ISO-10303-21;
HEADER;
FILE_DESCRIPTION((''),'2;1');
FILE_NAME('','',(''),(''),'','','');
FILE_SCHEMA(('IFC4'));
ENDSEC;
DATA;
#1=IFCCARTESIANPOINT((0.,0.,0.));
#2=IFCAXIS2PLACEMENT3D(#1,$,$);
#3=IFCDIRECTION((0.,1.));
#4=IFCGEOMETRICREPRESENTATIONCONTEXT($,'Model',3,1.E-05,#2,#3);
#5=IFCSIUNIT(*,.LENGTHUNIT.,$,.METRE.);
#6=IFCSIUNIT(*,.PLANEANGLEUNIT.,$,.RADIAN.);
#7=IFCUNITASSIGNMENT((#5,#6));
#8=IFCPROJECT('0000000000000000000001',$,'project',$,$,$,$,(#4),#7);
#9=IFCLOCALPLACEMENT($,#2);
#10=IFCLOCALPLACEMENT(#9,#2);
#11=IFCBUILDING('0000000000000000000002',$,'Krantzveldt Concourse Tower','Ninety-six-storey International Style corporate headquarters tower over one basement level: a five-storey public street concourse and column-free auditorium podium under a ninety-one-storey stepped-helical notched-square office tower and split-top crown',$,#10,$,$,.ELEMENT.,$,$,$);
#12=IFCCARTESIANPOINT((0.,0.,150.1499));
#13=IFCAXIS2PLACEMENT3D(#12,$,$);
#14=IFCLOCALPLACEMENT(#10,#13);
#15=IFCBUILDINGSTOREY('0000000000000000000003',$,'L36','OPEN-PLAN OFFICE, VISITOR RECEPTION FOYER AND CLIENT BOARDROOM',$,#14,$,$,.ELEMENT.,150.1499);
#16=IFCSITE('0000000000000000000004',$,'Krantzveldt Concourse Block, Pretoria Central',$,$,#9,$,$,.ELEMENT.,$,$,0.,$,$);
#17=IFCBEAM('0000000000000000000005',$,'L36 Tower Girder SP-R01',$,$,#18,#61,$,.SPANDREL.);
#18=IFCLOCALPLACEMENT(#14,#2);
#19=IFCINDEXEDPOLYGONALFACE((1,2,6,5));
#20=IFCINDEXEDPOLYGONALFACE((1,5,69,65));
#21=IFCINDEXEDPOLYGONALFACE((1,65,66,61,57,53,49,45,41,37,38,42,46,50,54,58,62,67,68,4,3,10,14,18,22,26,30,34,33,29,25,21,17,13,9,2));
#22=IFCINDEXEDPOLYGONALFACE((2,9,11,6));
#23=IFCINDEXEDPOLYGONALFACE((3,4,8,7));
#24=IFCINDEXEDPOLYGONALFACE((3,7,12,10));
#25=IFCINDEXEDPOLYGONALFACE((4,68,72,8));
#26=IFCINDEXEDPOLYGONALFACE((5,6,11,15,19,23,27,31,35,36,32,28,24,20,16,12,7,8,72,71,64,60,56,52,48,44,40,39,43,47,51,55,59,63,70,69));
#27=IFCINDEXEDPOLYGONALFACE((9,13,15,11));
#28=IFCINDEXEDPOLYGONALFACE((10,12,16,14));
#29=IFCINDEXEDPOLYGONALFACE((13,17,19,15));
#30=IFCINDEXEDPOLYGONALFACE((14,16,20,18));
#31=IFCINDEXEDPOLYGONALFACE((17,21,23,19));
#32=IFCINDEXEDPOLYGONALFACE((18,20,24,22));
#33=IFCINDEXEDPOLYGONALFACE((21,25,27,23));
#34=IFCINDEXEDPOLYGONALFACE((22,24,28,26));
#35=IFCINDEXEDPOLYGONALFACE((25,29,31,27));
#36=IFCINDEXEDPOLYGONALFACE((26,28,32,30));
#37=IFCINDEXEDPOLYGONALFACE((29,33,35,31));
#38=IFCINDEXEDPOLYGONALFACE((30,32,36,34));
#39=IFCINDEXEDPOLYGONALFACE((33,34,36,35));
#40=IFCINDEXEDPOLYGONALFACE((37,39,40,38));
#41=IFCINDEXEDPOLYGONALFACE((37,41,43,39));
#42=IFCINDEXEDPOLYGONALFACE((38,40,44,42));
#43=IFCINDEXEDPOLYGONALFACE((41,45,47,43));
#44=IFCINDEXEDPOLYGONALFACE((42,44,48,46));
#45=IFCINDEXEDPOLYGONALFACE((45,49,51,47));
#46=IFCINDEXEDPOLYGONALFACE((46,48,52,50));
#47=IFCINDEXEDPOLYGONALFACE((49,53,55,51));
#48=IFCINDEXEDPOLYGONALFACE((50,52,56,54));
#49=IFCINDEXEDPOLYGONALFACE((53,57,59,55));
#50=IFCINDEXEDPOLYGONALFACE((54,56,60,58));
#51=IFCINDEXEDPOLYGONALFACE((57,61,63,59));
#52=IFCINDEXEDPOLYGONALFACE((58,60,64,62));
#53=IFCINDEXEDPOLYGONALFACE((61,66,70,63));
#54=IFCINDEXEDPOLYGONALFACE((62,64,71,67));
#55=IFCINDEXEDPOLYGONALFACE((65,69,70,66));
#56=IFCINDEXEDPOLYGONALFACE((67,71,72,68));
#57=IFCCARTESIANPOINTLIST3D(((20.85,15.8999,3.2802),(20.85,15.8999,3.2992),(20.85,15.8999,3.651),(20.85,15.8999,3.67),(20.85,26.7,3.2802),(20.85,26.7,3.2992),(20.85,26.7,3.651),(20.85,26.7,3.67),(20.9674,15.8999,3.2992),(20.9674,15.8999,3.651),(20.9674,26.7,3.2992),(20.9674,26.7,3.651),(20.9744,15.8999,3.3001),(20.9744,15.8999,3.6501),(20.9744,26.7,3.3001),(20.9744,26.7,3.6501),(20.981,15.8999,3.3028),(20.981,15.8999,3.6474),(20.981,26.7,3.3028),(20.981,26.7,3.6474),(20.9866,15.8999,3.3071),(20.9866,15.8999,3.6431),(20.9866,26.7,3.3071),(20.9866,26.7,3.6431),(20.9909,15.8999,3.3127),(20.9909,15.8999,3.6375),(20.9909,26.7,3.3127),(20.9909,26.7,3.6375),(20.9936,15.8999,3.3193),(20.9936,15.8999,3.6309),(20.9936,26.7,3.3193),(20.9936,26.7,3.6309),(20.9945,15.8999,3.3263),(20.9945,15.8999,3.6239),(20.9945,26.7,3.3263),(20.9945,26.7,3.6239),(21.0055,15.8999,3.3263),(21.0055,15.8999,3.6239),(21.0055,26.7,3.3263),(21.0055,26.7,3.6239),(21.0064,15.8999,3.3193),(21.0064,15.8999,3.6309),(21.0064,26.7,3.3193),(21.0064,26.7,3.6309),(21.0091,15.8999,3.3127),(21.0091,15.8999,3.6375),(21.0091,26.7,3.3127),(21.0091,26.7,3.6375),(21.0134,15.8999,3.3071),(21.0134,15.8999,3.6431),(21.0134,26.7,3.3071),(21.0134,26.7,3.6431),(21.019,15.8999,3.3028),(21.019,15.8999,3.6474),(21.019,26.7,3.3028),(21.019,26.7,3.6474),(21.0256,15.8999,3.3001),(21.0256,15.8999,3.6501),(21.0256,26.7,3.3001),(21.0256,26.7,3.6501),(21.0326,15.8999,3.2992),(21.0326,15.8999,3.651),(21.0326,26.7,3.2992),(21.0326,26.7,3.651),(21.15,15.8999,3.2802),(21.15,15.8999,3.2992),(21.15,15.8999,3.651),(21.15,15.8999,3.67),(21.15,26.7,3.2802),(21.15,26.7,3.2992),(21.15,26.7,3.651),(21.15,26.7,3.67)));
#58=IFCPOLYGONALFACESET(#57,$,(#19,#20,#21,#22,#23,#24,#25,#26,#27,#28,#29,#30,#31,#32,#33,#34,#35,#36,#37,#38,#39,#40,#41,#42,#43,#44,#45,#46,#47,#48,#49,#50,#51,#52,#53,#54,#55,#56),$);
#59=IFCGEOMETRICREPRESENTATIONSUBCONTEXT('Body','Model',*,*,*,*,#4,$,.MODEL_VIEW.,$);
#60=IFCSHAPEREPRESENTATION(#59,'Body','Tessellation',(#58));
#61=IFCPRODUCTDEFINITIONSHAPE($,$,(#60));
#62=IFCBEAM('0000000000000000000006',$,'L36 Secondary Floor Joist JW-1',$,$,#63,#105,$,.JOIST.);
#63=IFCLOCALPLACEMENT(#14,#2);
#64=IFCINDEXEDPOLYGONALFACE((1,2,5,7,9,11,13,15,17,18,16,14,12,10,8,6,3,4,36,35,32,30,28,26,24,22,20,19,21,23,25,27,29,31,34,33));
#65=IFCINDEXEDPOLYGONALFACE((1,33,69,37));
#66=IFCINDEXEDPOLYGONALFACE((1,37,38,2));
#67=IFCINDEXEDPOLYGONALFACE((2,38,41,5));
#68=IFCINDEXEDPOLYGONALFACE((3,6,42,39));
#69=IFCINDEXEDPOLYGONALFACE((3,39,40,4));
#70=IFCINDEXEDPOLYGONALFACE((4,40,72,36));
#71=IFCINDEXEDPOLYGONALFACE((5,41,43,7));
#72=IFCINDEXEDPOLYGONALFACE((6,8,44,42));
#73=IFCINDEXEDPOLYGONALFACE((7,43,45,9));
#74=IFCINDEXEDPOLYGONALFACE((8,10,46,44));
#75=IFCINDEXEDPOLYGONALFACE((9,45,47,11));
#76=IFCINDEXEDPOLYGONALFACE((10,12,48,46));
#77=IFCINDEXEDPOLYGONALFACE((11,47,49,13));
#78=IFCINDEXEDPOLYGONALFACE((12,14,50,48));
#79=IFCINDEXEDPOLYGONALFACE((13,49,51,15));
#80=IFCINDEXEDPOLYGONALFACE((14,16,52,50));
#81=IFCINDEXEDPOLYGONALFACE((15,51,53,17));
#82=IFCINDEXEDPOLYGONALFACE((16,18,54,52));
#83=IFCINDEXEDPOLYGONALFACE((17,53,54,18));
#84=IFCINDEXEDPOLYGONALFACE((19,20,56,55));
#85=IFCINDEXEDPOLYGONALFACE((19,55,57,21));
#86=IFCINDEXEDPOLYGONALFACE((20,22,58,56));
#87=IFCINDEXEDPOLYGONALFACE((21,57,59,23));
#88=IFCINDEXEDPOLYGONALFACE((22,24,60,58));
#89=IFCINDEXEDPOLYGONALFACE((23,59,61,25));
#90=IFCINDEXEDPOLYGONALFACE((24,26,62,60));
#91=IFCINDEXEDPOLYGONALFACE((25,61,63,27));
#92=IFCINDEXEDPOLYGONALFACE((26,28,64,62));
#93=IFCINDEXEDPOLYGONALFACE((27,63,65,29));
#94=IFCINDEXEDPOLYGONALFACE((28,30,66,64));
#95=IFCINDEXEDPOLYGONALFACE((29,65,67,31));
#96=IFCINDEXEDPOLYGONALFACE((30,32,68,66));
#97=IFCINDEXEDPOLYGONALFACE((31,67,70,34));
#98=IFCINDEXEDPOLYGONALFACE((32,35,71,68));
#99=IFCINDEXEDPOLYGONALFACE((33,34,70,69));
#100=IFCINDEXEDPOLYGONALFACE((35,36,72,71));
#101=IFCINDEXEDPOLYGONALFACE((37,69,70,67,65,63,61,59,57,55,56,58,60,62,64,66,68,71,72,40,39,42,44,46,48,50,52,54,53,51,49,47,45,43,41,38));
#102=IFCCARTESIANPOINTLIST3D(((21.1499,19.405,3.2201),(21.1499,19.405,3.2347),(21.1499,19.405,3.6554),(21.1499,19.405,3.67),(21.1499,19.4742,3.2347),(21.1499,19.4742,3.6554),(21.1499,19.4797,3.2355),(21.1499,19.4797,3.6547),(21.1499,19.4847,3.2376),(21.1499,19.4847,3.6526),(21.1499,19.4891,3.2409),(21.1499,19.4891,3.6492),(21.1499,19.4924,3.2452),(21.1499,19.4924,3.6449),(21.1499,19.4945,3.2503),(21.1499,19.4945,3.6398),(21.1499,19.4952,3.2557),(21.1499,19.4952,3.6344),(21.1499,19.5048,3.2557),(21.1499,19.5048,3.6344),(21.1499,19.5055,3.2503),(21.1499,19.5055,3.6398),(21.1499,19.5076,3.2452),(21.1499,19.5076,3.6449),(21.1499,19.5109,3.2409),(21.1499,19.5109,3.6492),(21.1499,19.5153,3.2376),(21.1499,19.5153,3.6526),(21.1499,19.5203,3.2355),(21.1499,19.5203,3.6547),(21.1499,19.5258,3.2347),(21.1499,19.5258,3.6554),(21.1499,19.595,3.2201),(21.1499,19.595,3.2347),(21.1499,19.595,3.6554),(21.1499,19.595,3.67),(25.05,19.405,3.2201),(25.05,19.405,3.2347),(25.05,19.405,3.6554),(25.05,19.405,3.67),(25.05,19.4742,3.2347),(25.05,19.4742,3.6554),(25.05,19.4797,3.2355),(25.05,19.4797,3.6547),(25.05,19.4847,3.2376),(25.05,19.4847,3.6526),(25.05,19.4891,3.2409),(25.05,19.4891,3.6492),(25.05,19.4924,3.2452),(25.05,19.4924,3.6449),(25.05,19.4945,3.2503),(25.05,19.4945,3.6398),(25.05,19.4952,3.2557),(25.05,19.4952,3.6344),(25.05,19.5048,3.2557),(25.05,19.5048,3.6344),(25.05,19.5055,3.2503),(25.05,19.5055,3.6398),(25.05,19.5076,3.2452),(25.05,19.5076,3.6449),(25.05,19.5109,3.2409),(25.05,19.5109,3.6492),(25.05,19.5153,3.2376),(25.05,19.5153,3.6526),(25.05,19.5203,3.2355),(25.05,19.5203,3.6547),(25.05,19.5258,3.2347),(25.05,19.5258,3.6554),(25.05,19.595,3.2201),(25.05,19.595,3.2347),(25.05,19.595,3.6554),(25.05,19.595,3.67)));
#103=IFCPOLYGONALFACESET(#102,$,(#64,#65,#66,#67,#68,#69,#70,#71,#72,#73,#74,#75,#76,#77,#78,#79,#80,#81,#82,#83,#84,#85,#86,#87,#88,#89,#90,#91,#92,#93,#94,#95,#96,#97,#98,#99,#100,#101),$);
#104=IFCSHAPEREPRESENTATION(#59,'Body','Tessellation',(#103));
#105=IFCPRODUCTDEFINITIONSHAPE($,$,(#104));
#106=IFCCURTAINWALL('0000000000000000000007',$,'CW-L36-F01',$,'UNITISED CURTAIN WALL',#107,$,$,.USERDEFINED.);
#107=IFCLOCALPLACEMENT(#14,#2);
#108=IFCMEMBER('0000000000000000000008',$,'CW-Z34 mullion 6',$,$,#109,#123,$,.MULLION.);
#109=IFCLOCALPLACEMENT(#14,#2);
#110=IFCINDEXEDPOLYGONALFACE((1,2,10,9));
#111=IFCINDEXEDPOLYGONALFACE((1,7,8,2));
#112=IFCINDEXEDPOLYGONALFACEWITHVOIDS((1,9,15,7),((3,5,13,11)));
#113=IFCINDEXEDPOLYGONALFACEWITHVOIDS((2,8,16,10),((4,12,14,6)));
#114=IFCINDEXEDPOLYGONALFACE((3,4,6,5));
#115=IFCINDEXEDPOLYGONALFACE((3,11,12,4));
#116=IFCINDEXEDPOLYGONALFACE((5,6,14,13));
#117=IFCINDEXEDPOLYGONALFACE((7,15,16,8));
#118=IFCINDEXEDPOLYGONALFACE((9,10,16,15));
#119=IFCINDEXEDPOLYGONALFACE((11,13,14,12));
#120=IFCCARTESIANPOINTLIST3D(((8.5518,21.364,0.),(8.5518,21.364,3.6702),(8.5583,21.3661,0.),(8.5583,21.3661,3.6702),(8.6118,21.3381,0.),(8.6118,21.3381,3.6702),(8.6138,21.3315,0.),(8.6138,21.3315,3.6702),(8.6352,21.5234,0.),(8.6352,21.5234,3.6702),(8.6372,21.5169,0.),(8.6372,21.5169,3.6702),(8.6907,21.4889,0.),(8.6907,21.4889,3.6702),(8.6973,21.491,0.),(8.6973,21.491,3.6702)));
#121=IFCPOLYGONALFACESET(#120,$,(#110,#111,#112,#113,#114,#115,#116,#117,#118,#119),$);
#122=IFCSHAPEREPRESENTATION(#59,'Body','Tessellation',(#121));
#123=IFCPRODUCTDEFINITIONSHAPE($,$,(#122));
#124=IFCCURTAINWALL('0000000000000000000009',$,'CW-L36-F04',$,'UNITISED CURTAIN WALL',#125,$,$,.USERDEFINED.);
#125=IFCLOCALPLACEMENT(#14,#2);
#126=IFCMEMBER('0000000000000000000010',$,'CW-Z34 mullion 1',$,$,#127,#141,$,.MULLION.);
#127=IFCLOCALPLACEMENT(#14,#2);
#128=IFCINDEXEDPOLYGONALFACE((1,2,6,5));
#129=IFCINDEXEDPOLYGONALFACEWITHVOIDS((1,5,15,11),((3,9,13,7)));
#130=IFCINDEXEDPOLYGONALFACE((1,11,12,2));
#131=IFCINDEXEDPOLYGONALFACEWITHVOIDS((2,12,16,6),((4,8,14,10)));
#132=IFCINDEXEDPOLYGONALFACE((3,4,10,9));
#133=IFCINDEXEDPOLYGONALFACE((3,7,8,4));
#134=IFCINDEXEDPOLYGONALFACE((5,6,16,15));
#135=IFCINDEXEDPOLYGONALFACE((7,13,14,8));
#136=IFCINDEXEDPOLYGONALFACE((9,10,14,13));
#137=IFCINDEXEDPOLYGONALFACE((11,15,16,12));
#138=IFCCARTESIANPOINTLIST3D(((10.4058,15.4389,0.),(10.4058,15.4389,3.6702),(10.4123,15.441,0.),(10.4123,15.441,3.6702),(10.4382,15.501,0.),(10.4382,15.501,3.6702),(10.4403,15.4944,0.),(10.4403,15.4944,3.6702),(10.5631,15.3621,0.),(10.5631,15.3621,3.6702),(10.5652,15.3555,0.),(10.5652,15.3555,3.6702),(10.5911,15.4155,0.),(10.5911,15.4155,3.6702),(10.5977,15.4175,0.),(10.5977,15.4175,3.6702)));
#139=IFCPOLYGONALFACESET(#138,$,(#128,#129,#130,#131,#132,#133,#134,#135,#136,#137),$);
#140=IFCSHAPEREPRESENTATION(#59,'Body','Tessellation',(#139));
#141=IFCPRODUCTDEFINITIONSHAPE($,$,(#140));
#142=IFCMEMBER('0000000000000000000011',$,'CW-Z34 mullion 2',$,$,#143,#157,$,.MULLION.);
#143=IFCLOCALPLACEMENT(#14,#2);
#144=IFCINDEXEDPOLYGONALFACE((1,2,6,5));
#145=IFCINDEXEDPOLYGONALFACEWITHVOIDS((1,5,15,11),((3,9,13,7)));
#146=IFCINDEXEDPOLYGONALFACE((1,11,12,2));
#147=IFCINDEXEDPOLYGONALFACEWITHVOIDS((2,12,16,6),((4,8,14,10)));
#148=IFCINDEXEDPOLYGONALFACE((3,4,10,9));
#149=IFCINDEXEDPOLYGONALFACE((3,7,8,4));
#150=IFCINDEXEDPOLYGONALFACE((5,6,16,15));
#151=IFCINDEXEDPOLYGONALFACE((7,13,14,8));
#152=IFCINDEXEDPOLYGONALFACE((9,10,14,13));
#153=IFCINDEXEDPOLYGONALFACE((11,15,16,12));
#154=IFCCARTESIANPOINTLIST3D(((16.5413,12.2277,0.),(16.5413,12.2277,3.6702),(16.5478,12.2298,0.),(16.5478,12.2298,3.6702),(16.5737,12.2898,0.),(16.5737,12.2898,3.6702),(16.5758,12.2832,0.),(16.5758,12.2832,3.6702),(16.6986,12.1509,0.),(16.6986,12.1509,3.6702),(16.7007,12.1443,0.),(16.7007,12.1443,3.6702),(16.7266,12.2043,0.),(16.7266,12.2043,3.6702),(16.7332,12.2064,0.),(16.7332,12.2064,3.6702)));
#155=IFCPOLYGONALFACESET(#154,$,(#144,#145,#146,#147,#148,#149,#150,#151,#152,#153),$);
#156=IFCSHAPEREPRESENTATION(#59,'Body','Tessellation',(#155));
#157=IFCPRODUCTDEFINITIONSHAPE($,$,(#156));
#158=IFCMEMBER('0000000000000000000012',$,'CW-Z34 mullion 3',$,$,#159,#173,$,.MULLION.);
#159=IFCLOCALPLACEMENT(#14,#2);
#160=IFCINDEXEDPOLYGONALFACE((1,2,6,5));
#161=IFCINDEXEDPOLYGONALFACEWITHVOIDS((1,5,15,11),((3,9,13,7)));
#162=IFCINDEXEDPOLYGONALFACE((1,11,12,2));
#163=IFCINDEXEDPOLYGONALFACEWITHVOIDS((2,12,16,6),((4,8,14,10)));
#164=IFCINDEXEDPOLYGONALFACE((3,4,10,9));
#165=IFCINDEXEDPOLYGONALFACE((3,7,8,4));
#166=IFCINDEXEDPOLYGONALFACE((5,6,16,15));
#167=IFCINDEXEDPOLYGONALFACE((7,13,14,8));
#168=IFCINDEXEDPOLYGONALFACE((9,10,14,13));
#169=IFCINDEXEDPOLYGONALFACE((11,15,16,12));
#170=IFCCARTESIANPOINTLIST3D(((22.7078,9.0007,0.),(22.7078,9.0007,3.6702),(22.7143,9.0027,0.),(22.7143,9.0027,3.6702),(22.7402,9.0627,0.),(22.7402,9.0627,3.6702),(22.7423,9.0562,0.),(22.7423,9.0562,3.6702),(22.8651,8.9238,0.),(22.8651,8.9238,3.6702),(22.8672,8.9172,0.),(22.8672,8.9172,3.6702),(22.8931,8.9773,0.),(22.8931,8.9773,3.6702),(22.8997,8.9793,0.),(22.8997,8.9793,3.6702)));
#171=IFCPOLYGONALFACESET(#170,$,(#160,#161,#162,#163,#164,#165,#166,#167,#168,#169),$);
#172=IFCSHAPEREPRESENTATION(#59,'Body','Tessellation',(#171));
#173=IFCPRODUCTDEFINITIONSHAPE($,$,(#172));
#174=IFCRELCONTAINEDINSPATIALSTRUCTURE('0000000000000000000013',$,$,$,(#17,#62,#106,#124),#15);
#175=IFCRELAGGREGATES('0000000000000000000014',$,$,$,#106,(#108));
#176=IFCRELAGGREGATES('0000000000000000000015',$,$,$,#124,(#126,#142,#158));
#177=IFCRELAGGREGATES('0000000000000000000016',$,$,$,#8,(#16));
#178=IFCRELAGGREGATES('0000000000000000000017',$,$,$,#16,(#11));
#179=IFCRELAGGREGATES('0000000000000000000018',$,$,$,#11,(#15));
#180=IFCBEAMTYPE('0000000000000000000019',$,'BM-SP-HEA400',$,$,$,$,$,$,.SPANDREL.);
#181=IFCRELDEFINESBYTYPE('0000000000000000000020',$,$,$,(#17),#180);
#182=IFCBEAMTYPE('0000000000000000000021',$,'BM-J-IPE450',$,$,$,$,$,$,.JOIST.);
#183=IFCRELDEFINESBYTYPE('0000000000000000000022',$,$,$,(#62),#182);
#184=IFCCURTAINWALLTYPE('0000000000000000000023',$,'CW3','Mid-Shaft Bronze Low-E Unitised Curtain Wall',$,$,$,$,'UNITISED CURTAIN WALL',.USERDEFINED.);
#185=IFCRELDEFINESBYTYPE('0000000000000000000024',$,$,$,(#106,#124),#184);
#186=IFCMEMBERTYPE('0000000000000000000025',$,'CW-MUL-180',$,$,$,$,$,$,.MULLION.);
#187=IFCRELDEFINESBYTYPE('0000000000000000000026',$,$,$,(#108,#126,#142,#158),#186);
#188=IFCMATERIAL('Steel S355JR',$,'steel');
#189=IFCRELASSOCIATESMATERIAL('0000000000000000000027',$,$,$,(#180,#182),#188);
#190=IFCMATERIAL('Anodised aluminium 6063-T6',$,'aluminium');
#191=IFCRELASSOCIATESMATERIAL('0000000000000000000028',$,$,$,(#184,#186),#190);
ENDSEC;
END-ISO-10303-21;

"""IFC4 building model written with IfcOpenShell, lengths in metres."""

from ifc_helpers import new_model, si_unit, direction, frame, origin, origin_2d, place, context, subcontext, project, spatial, hollow_rectangle, i_section, extrude, source, transform, mapped, material, material_profile, profile_set, type_object, type_shapes, element, aggregate, save


model = new_model("IFC4")

# Units and contexts
model_context = context("Model", 3, precision=1e-05, world=origin(), true_north=direction((0.0, 1.0)))
body_context = subcontext(model_context, "Body", "Model", "MODEL_VIEW")
ifc_project = project(units=[si_unit("LENGTHUNIT", "METRE"), si_unit("PLANEANGLEUNIT", "RADIAN")], contexts=[model_context])

# Site, building, storey
site_placement = place(None, origin())
site = spatial("IfcSite", under=ifc_project, at=site_placement, Name="Krantzveldt Concourse Block, Pretoria Central", CompositionType="ELEMENT", RefElevation=0.0)
building_placement = place(site_placement, origin())
building = spatial("IfcBuilding", under=site, at=building_placement, Name="Krantzveldt Concourse Tower", Description="Ninety-six-storey International Style corporate headquarters tower over one basement level: a five-storey public street concourse and column-free auditorium podium under a ninety-one-storey stepped-helical notched-square office tower and split-top crown", CompositionType="ELEMENT")
storey_placement = place(building_placement, frame((0.0, 0.0, 150.1499)))
storey = spatial("IfcBuildingStorey", under=building, at=storey_placement, Name="L36", Description="OPEN-PLAN OFFICE, VISITOR RECEPTION FOYER AND CLIENT BOARDROOM", CompositionType="ELEMENT", Elevation=150.1499)

# Beams
ifc_material_1 = material(Name="Steel S355JR", Category="steel")
ifc_material_profile_1 = material_profile(ifc_material_1, i_section(OverallWidth=0.3, OverallDepth=0.3899, WebThickness=0.011, FlangeThickness=0.019, FilletRadius=0.0271, at=origin_2d()), Name="Steel S355JR", Category="steel")
ifc_profile_set_1 = profile_set([ifc_material_profile_1], Name="Steel S355JR - HEA 400")
beam_type_1 = type_object("IfcBeamType", Name="BM-SP-HEA400", PredefinedType="SPANDREL", material=ifc_profile_set_1)
shared_shape_1 = source(origin(), body_context, "Body", "SweptSolid", [
    extrude(i_section(OverallWidth=0.3, OverallDepth=0.3899, WebThickness=0.011, FlangeThickness=0.019, FilletRadius=0.0271, at=origin_2d()), origin(), (0.0, 0.0, 1.0), 10.8),
])
type_shapes(beam_type_1, [shared_shape_1])
beam_1_placement = place(storey_placement, frame((21.0, 15.8999, 3.4751), z_axis=(0.0, 1.0, 0.0), x_axis=(-1.0, 0.0, 0.0)))
element("IfcBeam", 1, at=beam_1_placement, inside=storey, type_object=beam_type_1, Name="L36 Tower Girder SP-R01", PredefinedType="SPANDREL", context=body_context, shape_type="MappedRepresentation", body=[
    mapped(shared_shape_1, transform((0.0, 0.0, 0.0), x_axis=(1.0, 0.0, 0.0), y_axis=(0.0, 1.0, 0.0), z_axis=(0.0, 0.0, 1.0), scale=1.0)),
])
ifc_material_profile_2 = material_profile(ifc_material_1, i_section(OverallWidth=0.1899, OverallDepth=0.45, WebThickness=0.0095, FlangeThickness=0.0146, FilletRadius=0.021, at=origin_2d()), Name="Steel S355JR", Category="steel")
ifc_profile_set_2 = profile_set([ifc_material_profile_2], Name="Steel S355JR - IPE 450")
beam_type_2 = type_object("IfcBeamType", Name="BM-J-IPE450", PredefinedType="JOIST", material=ifc_profile_set_2)
shared_shape_2 = source(origin(), body_context, "Body", "SweptSolid", [
    extrude(i_section(OverallWidth=0.1899, OverallDepth=0.45, WebThickness=0.0095, FlangeThickness=0.0146, FilletRadius=0.021, at=origin_2d()), origin(), (0.0, 0.0, 1.0), 3.9001),
])
type_shapes(beam_type_2, [shared_shape_2])
beam_2_placement = place(storey_placement, frame((21.1499, 19.5, 3.4451), z_axis=(1.0, 0.0, 0.0), x_axis=(0.0, 1.0, 0.0)))
element("IfcBeam", 2, at=beam_2_placement, inside=storey, type_object=beam_type_2, Name="L36 Secondary Floor Joist JW-1", PredefinedType="JOIST", context=body_context, shape_type="MappedRepresentation", body=[
    mapped(shared_shape_2, transform((0.0, 0.0, 0.0), x_axis=(1.0, 0.0, 0.0), y_axis=(0.0, 1.0, 0.0), z_axis=(0.0, 0.0, 1.0), scale=1.0)),
])

# Curtain wall, member
ifc_material_2 = material(Name="Anodised aluminium 6063-T6", Category="aluminium")
curtain_wall_type = type_object("IfcCurtainWallType", Name="CW3", Description="Mid-Shaft Bronze Low-E Unitised Curtain Wall", ElementType="UNITISED CURTAIN WALL", PredefinedType="USERDEFINED", material=ifc_material_2)
curtain_wall_1_placement = place(storey_placement, origin())
curtain_wall_1 = element("IfcCurtainWall", 3, at=curtain_wall_1_placement, inside=storey, type_object=curtain_wall_type, Name="CW-L36-F01", ObjectType="UNITISED CURTAIN WALL", PredefinedType="USERDEFINED")
ifc_material_profile_3 = material_profile(ifc_material_2, hollow_rectangle(XDim=0.0701, YDim=0.1799, WallThickness=0.0049, at=origin_2d()), Name="Anodised aluminium 6063-T6", Category="aluminium")
ifc_profile_set_3 = profile_set([ifc_material_profile_3], Name="Anodised aluminium 6063-T6 - ALU-MULL 180x70x5")
member_type_1 = type_object("IfcMemberType", Name="CW-MUL-180", PredefinedType="MULLION", material=ifc_profile_set_3)
shared_shape_3 = source(origin(), body_context, "Body", "SweptSolid", [
    extrude(hollow_rectangle(XDim=0.0701, YDim=0.1799, WallThickness=0.0049, at=origin_2d()), origin(), (0.0, 0.0, 1.0), 3.6702),
])
type_shapes(member_type_1, [shared_shape_3])
member_1_placement = place(storey_placement, frame((8.6245, 21.4275, 0.0), z_axis=(0.0, 0.0, 1.0), x_axis=(0.886001, -0.463683, 0.0)))
member_1 = element("IfcMember", 4, at=member_1_placement, type_object=member_type_1, Name="CW-Z34 mullion 6", PredefinedType="MULLION", context=body_context, shape_type="MappedRepresentation", body=[
    mapped(shared_shape_3, transform((0.0, 0.0, 0.0), x_axis=(1.0, 0.0, 0.0), y_axis=(0.0, 1.0, 0.0), z_axis=(0.0, 0.0, 1.0), scale=1.0)),
])
aggregate(curtain_wall_1, [member_1])

# Curtain wall, members
curtain_wall_2_placement = place(storey_placement, origin())
curtain_wall_2 = element("IfcCurtainWall", 5, at=curtain_wall_2_placement, inside=storey, type_object=curtain_wall_type, Name="CW-L36-F04", ObjectType="UNITISED CURTAIN WALL", PredefinedType="USERDEFINED")
member_2_placement = place(storey_placement, frame((10.5017, 15.4282, 0.0), z_axis=(0.0, 0.0, 1.0), x_axis=(0.463683, 0.886001, 0.0)))
member_2 = element("IfcMember", 6, at=member_2_placement, type_object=member_type_1, Name="CW-Z34 mullion 1", PredefinedType="MULLION", context=body_context, shape_type="MappedRepresentation", body=[
    mapped(shared_shape_3, transform((0.0, 0.0, 0.0), x_axis=(1.0, 0.0, 0.0), y_axis=(0.0, 1.0, 0.0), z_axis=(0.0, 0.0, 1.0), scale=1.0)),
])
member_3_placement = place(storey_placement, frame((16.6372, 12.217, 0.0), z_axis=(0.0, 0.0, 1.0), x_axis=(0.463683, 0.886001, 0.0)))
member_3 = element("IfcMember", 7, at=member_3_placement, type_object=member_type_1, Name="CW-Z34 mullion 2", PredefinedType="MULLION", context=body_context, shape_type="MappedRepresentation", body=[
    mapped(shared_shape_3, transform((0.0, 0.0, 0.0), x_axis=(1.0, 0.0, 0.0), y_axis=(0.0, 1.0, 0.0), z_axis=(0.0, 0.0, 1.0), scale=1.0)),
])
member_4_placement = place(storey_placement, frame((22.8037, 8.99, 0.0), z_axis=(0.0, 0.0, 1.0), x_axis=(0.463683, 0.886001, 0.0)))
member_4 = element("IfcMember", 8, at=member_4_placement, type_object=member_type_1, Name="CW-Z34 mullion 3", PredefinedType="MULLION", context=body_context, shape_type="MappedRepresentation", body=[
    mapped(shared_shape_3, transform((0.0, 0.0, 0.0), x_axis=(1.0, 0.0, 0.0), y_axis=(0.0, 1.0, 0.0), z_axis=(0.0, 0.0, 1.0), scale=1.0)),
])

aggregate(curtain_wall_2, [member_2, member_3, member_4])

save(model, "model.ifc")
